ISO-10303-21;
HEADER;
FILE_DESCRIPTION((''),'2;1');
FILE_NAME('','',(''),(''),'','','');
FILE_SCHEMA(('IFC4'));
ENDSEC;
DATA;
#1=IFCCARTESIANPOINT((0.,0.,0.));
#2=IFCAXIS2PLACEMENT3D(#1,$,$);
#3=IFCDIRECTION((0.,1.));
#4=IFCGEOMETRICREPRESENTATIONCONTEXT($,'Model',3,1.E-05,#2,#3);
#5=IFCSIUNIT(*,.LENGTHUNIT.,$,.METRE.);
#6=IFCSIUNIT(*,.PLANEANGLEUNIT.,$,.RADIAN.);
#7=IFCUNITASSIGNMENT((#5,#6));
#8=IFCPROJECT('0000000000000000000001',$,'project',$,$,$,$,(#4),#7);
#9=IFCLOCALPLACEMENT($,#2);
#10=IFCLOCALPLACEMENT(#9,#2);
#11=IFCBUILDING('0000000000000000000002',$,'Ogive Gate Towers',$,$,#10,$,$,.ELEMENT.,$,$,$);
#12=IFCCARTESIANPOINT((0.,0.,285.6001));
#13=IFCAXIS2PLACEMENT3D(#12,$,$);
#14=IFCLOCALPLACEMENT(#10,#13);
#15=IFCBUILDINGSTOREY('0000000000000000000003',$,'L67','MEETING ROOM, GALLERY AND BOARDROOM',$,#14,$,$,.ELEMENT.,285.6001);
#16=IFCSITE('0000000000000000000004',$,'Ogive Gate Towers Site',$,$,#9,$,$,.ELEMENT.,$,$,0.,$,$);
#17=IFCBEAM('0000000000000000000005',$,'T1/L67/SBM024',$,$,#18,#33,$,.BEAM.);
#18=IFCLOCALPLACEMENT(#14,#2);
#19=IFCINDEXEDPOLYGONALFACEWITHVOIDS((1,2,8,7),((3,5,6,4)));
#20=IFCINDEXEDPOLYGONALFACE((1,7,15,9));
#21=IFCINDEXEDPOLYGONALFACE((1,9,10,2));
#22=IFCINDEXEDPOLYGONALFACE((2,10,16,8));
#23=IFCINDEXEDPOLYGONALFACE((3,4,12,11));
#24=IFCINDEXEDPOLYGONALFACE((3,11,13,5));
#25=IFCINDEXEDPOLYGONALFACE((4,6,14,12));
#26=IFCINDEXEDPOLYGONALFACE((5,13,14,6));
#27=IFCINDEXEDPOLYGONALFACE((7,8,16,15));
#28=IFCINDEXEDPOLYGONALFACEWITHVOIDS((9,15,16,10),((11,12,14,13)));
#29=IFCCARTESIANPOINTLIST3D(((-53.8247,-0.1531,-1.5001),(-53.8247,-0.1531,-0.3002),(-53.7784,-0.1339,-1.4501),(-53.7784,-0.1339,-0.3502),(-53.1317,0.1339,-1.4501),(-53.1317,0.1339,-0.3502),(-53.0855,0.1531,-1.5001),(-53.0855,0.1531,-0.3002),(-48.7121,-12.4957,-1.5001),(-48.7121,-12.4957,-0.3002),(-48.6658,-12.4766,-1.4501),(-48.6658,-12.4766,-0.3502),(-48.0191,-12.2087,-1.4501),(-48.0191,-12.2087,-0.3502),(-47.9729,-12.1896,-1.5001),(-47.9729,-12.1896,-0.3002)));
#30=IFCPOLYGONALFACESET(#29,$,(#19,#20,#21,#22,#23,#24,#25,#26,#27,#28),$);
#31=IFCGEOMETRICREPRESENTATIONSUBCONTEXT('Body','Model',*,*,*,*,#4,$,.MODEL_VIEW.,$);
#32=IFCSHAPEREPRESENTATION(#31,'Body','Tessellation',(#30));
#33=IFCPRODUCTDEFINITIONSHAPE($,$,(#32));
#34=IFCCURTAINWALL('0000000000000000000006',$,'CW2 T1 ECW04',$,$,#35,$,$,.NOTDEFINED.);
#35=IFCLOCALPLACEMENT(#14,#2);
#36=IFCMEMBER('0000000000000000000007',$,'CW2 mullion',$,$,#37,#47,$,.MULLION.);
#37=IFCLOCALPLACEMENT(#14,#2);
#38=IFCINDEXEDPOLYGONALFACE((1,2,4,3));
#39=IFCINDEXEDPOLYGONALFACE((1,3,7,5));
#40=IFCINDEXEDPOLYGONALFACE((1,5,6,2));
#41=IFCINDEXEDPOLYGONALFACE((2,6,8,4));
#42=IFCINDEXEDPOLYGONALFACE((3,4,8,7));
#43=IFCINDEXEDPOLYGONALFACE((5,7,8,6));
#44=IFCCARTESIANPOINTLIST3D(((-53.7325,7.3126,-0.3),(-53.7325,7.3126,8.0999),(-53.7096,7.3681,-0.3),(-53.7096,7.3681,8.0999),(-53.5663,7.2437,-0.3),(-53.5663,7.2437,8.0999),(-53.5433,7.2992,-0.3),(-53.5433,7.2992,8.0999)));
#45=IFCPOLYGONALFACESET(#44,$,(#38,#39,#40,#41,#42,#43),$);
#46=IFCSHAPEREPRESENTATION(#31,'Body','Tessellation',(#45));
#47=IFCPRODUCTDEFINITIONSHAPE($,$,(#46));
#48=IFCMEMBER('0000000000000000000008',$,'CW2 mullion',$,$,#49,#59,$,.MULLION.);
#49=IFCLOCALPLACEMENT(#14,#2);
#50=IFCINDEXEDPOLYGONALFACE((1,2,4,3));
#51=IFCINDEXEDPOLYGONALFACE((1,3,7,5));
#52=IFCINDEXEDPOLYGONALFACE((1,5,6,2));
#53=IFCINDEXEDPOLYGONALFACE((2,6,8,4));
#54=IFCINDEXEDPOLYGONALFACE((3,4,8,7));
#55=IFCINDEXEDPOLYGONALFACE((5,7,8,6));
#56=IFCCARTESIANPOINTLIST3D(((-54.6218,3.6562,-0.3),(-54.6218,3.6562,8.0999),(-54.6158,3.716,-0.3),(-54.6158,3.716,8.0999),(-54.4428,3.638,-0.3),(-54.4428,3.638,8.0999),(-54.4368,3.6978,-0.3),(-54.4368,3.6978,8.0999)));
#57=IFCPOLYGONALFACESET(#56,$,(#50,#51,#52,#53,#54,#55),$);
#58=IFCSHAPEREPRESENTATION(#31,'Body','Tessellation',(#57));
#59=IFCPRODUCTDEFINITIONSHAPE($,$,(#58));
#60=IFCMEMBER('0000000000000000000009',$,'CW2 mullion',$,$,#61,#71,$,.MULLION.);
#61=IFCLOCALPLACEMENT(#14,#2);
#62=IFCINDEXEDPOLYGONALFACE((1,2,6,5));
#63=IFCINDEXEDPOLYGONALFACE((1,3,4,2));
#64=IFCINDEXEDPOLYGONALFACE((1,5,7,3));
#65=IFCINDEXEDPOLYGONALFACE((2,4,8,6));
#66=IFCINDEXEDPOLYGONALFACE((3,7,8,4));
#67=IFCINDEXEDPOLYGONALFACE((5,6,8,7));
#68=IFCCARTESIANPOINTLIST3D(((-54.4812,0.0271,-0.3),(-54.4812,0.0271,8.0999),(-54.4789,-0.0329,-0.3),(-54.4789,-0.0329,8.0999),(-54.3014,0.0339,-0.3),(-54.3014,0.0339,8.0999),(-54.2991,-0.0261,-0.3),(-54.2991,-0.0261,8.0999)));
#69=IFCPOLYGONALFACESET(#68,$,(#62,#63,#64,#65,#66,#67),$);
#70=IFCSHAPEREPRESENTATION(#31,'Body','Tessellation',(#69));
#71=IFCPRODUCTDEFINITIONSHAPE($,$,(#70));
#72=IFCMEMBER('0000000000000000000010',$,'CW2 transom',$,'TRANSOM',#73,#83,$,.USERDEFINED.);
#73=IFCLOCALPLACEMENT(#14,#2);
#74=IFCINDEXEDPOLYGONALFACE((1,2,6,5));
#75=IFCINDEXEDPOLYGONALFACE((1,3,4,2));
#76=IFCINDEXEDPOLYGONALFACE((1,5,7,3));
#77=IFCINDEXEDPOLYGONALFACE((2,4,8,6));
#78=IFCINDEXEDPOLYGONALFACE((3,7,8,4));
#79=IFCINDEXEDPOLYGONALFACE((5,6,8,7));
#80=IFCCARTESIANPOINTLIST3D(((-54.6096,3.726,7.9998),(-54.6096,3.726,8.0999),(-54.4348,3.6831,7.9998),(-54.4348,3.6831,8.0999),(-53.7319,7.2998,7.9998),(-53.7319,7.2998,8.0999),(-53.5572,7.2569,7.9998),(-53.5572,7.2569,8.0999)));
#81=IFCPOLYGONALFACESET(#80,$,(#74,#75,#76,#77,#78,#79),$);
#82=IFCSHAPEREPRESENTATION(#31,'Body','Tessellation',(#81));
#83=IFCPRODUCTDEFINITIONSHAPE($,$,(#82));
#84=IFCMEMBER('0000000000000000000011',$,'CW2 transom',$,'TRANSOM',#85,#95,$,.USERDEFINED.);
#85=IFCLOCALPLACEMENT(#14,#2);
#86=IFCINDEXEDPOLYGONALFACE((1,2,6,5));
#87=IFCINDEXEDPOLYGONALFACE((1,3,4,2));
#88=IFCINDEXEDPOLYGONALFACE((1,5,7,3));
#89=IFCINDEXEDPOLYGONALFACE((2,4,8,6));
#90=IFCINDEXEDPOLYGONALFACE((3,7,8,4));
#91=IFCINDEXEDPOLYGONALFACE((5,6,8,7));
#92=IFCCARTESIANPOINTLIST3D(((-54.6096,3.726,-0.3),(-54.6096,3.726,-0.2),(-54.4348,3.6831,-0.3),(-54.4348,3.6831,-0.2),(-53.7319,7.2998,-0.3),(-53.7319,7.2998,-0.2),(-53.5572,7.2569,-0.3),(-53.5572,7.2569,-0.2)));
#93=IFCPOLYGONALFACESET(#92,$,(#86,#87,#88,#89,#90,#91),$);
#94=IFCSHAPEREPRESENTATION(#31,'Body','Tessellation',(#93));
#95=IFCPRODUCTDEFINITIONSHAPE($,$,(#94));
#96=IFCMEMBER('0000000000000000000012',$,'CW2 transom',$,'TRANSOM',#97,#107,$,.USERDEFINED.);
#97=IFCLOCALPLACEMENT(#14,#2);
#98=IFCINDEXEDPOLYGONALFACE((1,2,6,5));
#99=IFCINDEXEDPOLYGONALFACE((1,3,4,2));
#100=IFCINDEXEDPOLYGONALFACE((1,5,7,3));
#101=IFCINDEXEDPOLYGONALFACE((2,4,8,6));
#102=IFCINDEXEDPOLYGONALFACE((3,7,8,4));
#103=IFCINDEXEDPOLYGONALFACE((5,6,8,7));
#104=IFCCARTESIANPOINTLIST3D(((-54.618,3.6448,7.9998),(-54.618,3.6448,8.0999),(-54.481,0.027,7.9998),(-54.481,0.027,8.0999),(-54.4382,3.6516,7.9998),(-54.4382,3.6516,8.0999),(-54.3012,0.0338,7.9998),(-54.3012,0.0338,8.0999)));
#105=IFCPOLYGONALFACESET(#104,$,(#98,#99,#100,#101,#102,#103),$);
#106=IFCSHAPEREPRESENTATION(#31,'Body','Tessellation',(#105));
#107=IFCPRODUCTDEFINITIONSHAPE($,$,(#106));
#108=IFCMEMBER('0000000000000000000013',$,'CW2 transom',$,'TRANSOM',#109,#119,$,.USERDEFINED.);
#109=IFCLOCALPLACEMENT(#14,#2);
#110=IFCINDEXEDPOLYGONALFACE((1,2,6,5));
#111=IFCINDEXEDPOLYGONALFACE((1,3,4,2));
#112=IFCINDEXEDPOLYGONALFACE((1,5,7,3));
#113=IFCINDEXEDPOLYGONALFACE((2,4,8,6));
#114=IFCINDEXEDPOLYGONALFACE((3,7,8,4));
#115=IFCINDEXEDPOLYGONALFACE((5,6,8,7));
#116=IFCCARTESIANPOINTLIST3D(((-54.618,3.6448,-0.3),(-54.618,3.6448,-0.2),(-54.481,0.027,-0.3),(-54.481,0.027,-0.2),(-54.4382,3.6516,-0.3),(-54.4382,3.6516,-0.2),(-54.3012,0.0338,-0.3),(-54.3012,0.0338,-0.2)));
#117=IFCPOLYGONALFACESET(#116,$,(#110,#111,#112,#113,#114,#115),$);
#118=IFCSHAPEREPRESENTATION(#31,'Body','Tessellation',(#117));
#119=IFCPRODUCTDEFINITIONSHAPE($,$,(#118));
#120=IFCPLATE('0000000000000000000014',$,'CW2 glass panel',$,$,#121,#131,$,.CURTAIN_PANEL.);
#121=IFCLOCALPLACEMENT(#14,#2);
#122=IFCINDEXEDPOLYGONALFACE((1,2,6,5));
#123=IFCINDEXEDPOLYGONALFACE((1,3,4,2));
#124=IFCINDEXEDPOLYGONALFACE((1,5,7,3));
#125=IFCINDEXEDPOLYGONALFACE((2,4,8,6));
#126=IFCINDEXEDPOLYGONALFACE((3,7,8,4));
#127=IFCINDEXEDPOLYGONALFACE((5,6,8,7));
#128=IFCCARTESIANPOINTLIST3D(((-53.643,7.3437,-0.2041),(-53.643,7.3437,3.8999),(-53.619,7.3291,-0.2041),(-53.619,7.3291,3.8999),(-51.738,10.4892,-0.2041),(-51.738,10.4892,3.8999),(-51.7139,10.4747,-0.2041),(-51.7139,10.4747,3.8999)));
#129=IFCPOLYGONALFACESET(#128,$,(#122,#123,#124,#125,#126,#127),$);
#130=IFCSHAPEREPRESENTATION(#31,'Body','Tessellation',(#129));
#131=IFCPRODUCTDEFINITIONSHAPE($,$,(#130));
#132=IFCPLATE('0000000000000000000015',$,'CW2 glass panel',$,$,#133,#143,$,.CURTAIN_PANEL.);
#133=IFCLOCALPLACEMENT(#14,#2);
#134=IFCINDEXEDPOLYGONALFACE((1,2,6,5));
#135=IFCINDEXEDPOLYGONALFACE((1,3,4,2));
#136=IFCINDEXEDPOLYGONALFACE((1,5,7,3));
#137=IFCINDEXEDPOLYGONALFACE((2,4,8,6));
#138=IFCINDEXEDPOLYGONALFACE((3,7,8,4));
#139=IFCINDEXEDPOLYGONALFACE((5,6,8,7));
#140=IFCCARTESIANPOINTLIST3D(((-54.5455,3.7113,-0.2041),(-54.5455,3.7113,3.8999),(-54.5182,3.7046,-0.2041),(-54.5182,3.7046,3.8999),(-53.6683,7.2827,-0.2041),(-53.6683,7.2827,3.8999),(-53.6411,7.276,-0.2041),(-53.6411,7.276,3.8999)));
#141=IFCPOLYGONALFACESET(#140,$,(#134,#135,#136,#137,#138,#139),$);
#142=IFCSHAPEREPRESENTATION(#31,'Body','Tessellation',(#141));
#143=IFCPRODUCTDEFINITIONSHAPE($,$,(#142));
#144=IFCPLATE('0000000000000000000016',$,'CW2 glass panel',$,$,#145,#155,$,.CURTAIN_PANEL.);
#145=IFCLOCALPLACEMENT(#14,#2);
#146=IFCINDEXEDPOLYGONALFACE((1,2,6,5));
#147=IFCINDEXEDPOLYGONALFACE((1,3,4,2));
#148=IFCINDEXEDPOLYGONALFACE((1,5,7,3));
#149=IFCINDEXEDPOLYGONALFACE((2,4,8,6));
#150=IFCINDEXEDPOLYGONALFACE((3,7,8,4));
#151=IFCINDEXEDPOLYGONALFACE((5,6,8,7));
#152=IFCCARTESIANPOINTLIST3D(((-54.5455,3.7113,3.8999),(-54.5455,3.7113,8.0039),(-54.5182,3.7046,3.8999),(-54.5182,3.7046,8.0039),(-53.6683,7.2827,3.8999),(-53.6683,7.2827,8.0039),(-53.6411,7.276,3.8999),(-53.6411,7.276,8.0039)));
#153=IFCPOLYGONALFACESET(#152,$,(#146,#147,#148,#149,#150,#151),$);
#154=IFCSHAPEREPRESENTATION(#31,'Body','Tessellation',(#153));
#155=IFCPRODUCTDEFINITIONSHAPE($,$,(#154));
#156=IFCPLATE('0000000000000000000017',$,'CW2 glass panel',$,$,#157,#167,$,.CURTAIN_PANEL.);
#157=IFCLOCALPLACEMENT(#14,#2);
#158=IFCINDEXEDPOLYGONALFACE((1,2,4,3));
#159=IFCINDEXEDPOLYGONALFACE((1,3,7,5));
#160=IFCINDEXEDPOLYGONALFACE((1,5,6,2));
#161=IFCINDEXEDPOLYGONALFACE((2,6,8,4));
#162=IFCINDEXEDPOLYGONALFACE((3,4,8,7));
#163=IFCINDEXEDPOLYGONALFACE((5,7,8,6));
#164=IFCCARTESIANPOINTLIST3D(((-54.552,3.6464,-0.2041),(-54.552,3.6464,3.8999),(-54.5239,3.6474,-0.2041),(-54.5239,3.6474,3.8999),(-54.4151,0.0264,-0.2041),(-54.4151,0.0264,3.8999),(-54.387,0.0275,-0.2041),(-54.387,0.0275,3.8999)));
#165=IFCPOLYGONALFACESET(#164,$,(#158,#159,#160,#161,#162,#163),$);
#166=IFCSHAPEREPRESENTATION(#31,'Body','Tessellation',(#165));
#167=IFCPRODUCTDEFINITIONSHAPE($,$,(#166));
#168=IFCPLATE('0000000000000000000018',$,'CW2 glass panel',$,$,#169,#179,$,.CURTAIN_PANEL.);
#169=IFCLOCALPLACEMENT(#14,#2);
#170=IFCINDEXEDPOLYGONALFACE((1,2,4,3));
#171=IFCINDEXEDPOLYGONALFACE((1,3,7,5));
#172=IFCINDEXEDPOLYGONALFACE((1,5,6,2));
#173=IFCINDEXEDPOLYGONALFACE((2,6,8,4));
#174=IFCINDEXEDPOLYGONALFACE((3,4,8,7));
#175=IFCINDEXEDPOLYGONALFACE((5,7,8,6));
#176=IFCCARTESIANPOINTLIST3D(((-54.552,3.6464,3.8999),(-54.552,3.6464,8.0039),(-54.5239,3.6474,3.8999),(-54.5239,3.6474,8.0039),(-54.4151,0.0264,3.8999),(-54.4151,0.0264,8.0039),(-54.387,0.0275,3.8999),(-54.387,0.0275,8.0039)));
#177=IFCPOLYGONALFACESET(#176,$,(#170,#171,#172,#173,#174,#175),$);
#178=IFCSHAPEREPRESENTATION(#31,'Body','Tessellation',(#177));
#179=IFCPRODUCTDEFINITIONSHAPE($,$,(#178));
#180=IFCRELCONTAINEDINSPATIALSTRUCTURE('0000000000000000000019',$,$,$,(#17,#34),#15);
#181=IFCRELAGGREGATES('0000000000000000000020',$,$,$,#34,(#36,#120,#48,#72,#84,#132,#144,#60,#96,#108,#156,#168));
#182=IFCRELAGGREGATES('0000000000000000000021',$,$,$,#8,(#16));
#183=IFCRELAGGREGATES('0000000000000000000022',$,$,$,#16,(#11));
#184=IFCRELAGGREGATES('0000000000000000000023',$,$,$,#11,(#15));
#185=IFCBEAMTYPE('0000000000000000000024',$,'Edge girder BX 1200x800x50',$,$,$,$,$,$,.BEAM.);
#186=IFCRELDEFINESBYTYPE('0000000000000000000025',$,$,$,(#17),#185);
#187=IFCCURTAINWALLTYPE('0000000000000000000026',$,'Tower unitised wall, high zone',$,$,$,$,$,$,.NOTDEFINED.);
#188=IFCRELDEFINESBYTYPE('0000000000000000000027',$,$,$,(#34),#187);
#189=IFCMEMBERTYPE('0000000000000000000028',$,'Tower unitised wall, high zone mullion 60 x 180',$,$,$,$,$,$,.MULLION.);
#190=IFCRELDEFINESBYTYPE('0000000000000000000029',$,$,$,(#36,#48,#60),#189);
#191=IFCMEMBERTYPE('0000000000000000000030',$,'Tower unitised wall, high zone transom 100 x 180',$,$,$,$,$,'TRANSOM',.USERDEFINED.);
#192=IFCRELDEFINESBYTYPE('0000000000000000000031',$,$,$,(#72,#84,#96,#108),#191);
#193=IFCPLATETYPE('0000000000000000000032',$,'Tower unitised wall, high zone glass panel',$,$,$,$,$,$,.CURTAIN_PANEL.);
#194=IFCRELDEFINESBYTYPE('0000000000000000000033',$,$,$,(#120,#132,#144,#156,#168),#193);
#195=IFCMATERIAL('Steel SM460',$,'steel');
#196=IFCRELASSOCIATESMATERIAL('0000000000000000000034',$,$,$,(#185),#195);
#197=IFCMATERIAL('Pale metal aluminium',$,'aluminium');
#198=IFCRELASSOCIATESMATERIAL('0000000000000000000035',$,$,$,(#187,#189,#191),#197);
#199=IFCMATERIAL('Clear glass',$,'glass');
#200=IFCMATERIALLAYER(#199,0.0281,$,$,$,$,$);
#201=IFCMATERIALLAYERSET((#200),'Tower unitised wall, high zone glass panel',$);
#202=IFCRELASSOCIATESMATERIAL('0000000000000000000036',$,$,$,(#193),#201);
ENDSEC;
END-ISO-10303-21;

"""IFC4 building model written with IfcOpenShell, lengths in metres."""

from ifc_helpers import new_model, si_unit, direction, frame, origin, origin_2d, place, context, subcontext, project, spatial, rectangle, hollow_rectangle, extrude, material, layer, layer_set, material_profile, profile_set, type_object, element, aggregate, save


model = new_model("IFC4")

# Units and contexts
model_context = context("Model", 3, precision=1e-05, world=origin(), true_north=direction((0.0, 1.0)))
body_context = subcontext(model_context, "Body", "Model", "MODEL_VIEW")
ifc_project = project(units=[si_unit("LENGTHUNIT", "METRE"), si_unit("PLANEANGLEUNIT", "RADIAN")], contexts=[model_context])

# Site, building, storey
site_placement = place(None, origin())
site = spatial("IfcSite", under=ifc_project, at=site_placement, Name="Ogive Gate Towers Site", CompositionType="ELEMENT", RefElevation=0.0)
building_placement = place(site_placement, origin())
building = spatial("IfcBuilding", under=site, at=building_placement, Name="Ogive Gate Towers", CompositionType="ELEMENT")
storey_placement = place(building_placement, frame((0.0, 0.0, 285.6001)))
storey = spatial("IfcBuildingStorey", under=building, at=storey_placement, Name="L67", Description="MEETING ROOM, GALLERY AND BOARDROOM", CompositionType="ELEMENT", Elevation=285.6001)

# Beam
ifc_material_1 = material(Name="Steel SM460", Category="steel")
ifc_material_profile_1 = material_profile(ifc_material_1, hollow_rectangle(XDim=0.8, YDim=1.2, WallThickness=0.05, at=origin_2d()), Name="BX 1200x800x50")
ifc_profile_set_1 = profile_set([ifc_material_profile_1], Name="Steel SM460")
beam_type = type_object("IfcBeamType", Name="Edge girder BX 1200x800x50", PredefinedType="BEAM", material=ifc_profile_set_1)
beam_placement = place(storey_placement, frame((-53.4551, 0.0, -0.9001), z_axis=(0.38269, -0.923877, 0.0), x_axis=(0.923877, 0.38269, 0.0)))
element("IfcBeam", 1, at=beam_placement, inside=storey, type_object=beam_type, Name="T1/L67/SBM024", PredefinedType="BEAM", context=body_context, shape_type="SweptSolid", body=[
    extrude(hollow_rectangle(XDim=0.8, YDim=1.2, WallThickness=0.05, at=origin_2d()), origin(), (0.0, 0.0, 1.0), 13.3596),
])

# Curtain wall, members, plates
ifc_material_2 = material(Name="Pale metal aluminium", Category="aluminium")
curtain_wall_type = type_object("IfcCurtainWallType", Name="Tower unitised wall, high zone", PredefinedType="NOTDEFINED", material=ifc_material_2)
curtain_wall_placement = place(storey_placement, origin())
curtain_wall = element("IfcCurtainWall", 2, at=curtain_wall_placement, inside=storey, type_object=curtain_wall_type, Name="CW2 T1 ECW04", PredefinedType="NOTDEFINED")
ifc_material_profile_2 = material_profile(ifc_material_2, rectangle(XDim=0.1799, YDim=0.0601, at=origin_2d()), Name="60 x 180 aluminium box")
ifc_profile_set_2 = profile_set([ifc_material_profile_2], Name="Pale metal aluminium")
member_type_1 = type_object("IfcMemberType", Name="Tower unitised wall, high zone mullion 60 x 180", PredefinedType="MULLION", material=ifc_profile_set_2)
member_1_placement = place(storey_placement, frame((-53.6379, 7.3059, -0.3), z_axis=(0.0, 0.0, 1.0), x_axis=(-0.92388, 0.382683, 0.0)))
member_1 = element("IfcMember", 3, at=member_1_placement, type_object=member_type_1, Name="CW2 mullion", PredefinedType="MULLION", context=body_context, shape_type="SweptSolid", body=[
    extrude(rectangle(XDim=0.1799, YDim=0.0601, at=origin_2d()), origin(), (0.0, 0.0, 1.0), 8.3999),
])
member_2_placement = place(storey_placement, frame((-54.5293, 3.677, -0.3), z_axis=(0.0, 0.0, 1.0), x_axis=(-0.994851, 0.101351, 0.0)))
member_2 = element("IfcMember", 4, at=member_2_placement, type_object=member_type_1, Name="CW2 mullion", PredefinedType="MULLION", context=body_context, shape_type="SweptSolid", body=[
    extrude(rectangle(XDim=0.1799, YDim=0.0601, at=origin_2d()), origin(), (0.0, 0.0, 1.0), 8.3999),
])
member_3_placement = place(storey_placement, frame((-54.3901, 0.0005, -0.3), z_axis=(0.0, 0.0, 1.0), x_axis=(-0.999286, -0.037795, 0.0)))
member_3 = element("IfcMember", 5, at=member_3_placement, type_object=member_type_1, Name="CW2 mullion", PredefinedType="MULLION", context=body_context, shape_type="SweptSolid", body=[
    extrude(rectangle(XDim=0.1799, YDim=0.0601, at=origin_2d()), origin(), (0.0, 0.0, 1.0), 8.3999),
])
ifc_material_profile_3 = material_profile(ifc_material_2, rectangle(XDim=0.1799, YDim=0.1001, at=origin_2d()), Name="100 x 180 aluminium box")
ifc_profile_set_3 = profile_set([ifc_material_profile_3], Name="Pale metal aluminium")
member_type_2 = type_object("IfcMemberType", Name="Tower unitised wall, high zone transom 100 x 180", ElementType="TRANSOM", PredefinedType="USERDEFINED", material=ifc_profile_set_3)
member_4_placement = place(storey_placement, frame((-53.6445, 7.2783, 8.0498), z_axis=(-0.238506, -0.971141, 0.0), x_axis=(0.971141, -0.238506, 0.0)))
member_4 = element("IfcMember", 6, at=member_4_placement, type_object=member_type_2, Name="CW2 transom", ObjectType="TRANSOM", PredefinedType="USERDEFINED", context=body_context, shape_type="SweptSolid", body=[
    extrude(rectangle(XDim=0.1799, YDim=0.1001, at=origin_2d()), origin(), (0.0, 0.0, 1.0), 3.6799),
])
member_5_placement = place(storey_placement, frame((-53.6445, 7.2783, -0.25), z_axis=(-0.238506, -0.971141, 0.0), x_axis=(0.971141, -0.238506, 0.0)))
member_5 = element("IfcMember", 7, at=member_5_placement, type_object=member_type_2, Name="CW2 transom", ObjectType="TRANSOM", PredefinedType="USERDEFINED", context=body_context, shape_type="SweptSolid", body=[
    extrude(rectangle(XDim=0.1799, YDim=0.1001, at=origin_2d()), origin(), (0.0, 0.0, 1.0), 3.6799),
])
member_6_placement = place(storey_placement, frame((-54.5281, 3.6482, 8.0498), z_axis=(0.037832, -0.999284, 0.0), x_axis=(0.999284, 0.037832, 0.0)))
member_6 = element("IfcMember", 8, at=member_6_placement, type_object=member_type_2, Name="CW2 transom", ObjectType="TRANSOM", PredefinedType="USERDEFINED", context=body_context, shape_type="SweptSolid", body=[
    extrude(rectangle(XDim=0.1799, YDim=0.1001, at=origin_2d()), origin(), (0.0, 0.0, 1.0), 3.6204),
])
member_7_placement = place(storey_placement, frame((-54.5281, 3.6482, -0.25), z_axis=(0.037832, -0.999284, 0.0), x_axis=(0.999284, 0.037832, 0.0)))
member_7 = element("IfcMember", 9, at=member_7_placement, type_object=member_type_2, Name="CW2 transom", ObjectType="TRANSOM", PredefinedType="USERDEFINED", context=body_context, shape_type="SweptSolid", body=[
    extrude(rectangle(XDim=0.1799, YDim=0.1001, at=origin_2d()), origin(), (0.0, 0.0, 1.0), 3.6204),
])
ifc_material_3 = material(Name="Clear glass", Category="glass")
ifc_layer_1 = layer(ifc_material_3, 0.0281)
ifc_layer_set_1 = layer_set([ifc_layer_1], Name="Tower unitised wall, high zone glass panel")
plate_type = type_object("IfcPlateType", Name="Tower unitised wall, high zone glass panel", PredefinedType="CURTAIN_PANEL", material=ifc_layer_set_1)
plate_1_placement = place(storey_placement, frame((-52.6785, 8.9092, -0.2041), z_axis=(0.0, 0.0, 1.0), x_axis=(-0.518027, -0.855364, 0.0)))
plate_1 = element("IfcPlate", 10, at=plate_1_placement, type_object=plate_type, Name="CW2 glass panel", PredefinedType="CURTAIN_PANEL", context=body_context, shape_type="SweptSolid", body=[
    extrude(rectangle(XDim=3.6775, YDim=0.0281, at=origin_2d()), origin(), (0.0, 0.0, 1.0), 4.104),
])
plate_2_placement = place(storey_placement, frame((-54.0933, 5.4937, -0.2041), z_axis=(0.0, 0.0, 1.0), x_axis=(-0.238517, -0.971138, 0.0)))
plate_2 = element("IfcPlate", 11, at=plate_2_placement, type_object=plate_type, Name="CW2 glass panel", PredefinedType="CURTAIN_PANEL", context=body_context, shape_type="SweptSolid", body=[
    extrude(rectangle(XDim=3.6775, YDim=0.0281, at=origin_2d()), origin(), (0.0, 0.0, 1.0), 4.104),
])
plate_3_placement = place(storey_placement, frame((-54.0933, 5.4937, 3.8999), z_axis=(0.0, 0.0, 1.0), x_axis=(-0.238517, -0.971138, 0.0)))
plate_3 = element("IfcPlate", 12, at=plate_3_placement, type_object=plate_type, Name="CW2 glass panel", PredefinedType="CURTAIN_PANEL", context=body_context, shape_type="SweptSolid", body=[
    extrude(rectangle(XDim=3.6775, YDim=0.0281, at=origin_2d()), origin(), (0.0, 0.0, 1.0), 4.104),
])
plate_4_placement = place(storey_placement, frame((-54.4695, 1.8369, -0.2041), z_axis=(0.0, 0.0, 1.0), x_axis=(0.037795, -0.999286, 0.0)))
plate_4 = element("IfcPlate", 13, at=plate_4_placement, type_object=plate_type, Name="CW2 glass panel", PredefinedType="CURTAIN_PANEL", context=body_context, shape_type="SweptSolid", body=[
    extrude(rectangle(XDim=3.6226, YDim=0.0281, at=origin_2d()), origin(), (0.0, 0.0, 1.0), 4.104),
])
plate_5_placement = place(storey_placement, frame((-54.4695, 1.8369, 3.8999), z_axis=(0.0, 0.0, 1.0), x_axis=(0.037795, -0.999286, 0.0)))
plate_5 = element("IfcPlate", 14, at=plate_5_placement, type_object=plate_type, Name="CW2 glass panel", PredefinedType="CURTAIN_PANEL", context=body_context, shape_type="SweptSolid", body=[
    extrude(rectangle(XDim=3.6226, YDim=0.0281, at=origin_2d()), origin(), (0.0, 0.0, 1.0), 4.104),
])
aggregate(curtain_wall, [member_1, plate_1, member_2, member_4, member_5, plate_2, plate_3, member_3, member_6, member_7, plate_4, plate_5])

save(model, "model.ifc")
